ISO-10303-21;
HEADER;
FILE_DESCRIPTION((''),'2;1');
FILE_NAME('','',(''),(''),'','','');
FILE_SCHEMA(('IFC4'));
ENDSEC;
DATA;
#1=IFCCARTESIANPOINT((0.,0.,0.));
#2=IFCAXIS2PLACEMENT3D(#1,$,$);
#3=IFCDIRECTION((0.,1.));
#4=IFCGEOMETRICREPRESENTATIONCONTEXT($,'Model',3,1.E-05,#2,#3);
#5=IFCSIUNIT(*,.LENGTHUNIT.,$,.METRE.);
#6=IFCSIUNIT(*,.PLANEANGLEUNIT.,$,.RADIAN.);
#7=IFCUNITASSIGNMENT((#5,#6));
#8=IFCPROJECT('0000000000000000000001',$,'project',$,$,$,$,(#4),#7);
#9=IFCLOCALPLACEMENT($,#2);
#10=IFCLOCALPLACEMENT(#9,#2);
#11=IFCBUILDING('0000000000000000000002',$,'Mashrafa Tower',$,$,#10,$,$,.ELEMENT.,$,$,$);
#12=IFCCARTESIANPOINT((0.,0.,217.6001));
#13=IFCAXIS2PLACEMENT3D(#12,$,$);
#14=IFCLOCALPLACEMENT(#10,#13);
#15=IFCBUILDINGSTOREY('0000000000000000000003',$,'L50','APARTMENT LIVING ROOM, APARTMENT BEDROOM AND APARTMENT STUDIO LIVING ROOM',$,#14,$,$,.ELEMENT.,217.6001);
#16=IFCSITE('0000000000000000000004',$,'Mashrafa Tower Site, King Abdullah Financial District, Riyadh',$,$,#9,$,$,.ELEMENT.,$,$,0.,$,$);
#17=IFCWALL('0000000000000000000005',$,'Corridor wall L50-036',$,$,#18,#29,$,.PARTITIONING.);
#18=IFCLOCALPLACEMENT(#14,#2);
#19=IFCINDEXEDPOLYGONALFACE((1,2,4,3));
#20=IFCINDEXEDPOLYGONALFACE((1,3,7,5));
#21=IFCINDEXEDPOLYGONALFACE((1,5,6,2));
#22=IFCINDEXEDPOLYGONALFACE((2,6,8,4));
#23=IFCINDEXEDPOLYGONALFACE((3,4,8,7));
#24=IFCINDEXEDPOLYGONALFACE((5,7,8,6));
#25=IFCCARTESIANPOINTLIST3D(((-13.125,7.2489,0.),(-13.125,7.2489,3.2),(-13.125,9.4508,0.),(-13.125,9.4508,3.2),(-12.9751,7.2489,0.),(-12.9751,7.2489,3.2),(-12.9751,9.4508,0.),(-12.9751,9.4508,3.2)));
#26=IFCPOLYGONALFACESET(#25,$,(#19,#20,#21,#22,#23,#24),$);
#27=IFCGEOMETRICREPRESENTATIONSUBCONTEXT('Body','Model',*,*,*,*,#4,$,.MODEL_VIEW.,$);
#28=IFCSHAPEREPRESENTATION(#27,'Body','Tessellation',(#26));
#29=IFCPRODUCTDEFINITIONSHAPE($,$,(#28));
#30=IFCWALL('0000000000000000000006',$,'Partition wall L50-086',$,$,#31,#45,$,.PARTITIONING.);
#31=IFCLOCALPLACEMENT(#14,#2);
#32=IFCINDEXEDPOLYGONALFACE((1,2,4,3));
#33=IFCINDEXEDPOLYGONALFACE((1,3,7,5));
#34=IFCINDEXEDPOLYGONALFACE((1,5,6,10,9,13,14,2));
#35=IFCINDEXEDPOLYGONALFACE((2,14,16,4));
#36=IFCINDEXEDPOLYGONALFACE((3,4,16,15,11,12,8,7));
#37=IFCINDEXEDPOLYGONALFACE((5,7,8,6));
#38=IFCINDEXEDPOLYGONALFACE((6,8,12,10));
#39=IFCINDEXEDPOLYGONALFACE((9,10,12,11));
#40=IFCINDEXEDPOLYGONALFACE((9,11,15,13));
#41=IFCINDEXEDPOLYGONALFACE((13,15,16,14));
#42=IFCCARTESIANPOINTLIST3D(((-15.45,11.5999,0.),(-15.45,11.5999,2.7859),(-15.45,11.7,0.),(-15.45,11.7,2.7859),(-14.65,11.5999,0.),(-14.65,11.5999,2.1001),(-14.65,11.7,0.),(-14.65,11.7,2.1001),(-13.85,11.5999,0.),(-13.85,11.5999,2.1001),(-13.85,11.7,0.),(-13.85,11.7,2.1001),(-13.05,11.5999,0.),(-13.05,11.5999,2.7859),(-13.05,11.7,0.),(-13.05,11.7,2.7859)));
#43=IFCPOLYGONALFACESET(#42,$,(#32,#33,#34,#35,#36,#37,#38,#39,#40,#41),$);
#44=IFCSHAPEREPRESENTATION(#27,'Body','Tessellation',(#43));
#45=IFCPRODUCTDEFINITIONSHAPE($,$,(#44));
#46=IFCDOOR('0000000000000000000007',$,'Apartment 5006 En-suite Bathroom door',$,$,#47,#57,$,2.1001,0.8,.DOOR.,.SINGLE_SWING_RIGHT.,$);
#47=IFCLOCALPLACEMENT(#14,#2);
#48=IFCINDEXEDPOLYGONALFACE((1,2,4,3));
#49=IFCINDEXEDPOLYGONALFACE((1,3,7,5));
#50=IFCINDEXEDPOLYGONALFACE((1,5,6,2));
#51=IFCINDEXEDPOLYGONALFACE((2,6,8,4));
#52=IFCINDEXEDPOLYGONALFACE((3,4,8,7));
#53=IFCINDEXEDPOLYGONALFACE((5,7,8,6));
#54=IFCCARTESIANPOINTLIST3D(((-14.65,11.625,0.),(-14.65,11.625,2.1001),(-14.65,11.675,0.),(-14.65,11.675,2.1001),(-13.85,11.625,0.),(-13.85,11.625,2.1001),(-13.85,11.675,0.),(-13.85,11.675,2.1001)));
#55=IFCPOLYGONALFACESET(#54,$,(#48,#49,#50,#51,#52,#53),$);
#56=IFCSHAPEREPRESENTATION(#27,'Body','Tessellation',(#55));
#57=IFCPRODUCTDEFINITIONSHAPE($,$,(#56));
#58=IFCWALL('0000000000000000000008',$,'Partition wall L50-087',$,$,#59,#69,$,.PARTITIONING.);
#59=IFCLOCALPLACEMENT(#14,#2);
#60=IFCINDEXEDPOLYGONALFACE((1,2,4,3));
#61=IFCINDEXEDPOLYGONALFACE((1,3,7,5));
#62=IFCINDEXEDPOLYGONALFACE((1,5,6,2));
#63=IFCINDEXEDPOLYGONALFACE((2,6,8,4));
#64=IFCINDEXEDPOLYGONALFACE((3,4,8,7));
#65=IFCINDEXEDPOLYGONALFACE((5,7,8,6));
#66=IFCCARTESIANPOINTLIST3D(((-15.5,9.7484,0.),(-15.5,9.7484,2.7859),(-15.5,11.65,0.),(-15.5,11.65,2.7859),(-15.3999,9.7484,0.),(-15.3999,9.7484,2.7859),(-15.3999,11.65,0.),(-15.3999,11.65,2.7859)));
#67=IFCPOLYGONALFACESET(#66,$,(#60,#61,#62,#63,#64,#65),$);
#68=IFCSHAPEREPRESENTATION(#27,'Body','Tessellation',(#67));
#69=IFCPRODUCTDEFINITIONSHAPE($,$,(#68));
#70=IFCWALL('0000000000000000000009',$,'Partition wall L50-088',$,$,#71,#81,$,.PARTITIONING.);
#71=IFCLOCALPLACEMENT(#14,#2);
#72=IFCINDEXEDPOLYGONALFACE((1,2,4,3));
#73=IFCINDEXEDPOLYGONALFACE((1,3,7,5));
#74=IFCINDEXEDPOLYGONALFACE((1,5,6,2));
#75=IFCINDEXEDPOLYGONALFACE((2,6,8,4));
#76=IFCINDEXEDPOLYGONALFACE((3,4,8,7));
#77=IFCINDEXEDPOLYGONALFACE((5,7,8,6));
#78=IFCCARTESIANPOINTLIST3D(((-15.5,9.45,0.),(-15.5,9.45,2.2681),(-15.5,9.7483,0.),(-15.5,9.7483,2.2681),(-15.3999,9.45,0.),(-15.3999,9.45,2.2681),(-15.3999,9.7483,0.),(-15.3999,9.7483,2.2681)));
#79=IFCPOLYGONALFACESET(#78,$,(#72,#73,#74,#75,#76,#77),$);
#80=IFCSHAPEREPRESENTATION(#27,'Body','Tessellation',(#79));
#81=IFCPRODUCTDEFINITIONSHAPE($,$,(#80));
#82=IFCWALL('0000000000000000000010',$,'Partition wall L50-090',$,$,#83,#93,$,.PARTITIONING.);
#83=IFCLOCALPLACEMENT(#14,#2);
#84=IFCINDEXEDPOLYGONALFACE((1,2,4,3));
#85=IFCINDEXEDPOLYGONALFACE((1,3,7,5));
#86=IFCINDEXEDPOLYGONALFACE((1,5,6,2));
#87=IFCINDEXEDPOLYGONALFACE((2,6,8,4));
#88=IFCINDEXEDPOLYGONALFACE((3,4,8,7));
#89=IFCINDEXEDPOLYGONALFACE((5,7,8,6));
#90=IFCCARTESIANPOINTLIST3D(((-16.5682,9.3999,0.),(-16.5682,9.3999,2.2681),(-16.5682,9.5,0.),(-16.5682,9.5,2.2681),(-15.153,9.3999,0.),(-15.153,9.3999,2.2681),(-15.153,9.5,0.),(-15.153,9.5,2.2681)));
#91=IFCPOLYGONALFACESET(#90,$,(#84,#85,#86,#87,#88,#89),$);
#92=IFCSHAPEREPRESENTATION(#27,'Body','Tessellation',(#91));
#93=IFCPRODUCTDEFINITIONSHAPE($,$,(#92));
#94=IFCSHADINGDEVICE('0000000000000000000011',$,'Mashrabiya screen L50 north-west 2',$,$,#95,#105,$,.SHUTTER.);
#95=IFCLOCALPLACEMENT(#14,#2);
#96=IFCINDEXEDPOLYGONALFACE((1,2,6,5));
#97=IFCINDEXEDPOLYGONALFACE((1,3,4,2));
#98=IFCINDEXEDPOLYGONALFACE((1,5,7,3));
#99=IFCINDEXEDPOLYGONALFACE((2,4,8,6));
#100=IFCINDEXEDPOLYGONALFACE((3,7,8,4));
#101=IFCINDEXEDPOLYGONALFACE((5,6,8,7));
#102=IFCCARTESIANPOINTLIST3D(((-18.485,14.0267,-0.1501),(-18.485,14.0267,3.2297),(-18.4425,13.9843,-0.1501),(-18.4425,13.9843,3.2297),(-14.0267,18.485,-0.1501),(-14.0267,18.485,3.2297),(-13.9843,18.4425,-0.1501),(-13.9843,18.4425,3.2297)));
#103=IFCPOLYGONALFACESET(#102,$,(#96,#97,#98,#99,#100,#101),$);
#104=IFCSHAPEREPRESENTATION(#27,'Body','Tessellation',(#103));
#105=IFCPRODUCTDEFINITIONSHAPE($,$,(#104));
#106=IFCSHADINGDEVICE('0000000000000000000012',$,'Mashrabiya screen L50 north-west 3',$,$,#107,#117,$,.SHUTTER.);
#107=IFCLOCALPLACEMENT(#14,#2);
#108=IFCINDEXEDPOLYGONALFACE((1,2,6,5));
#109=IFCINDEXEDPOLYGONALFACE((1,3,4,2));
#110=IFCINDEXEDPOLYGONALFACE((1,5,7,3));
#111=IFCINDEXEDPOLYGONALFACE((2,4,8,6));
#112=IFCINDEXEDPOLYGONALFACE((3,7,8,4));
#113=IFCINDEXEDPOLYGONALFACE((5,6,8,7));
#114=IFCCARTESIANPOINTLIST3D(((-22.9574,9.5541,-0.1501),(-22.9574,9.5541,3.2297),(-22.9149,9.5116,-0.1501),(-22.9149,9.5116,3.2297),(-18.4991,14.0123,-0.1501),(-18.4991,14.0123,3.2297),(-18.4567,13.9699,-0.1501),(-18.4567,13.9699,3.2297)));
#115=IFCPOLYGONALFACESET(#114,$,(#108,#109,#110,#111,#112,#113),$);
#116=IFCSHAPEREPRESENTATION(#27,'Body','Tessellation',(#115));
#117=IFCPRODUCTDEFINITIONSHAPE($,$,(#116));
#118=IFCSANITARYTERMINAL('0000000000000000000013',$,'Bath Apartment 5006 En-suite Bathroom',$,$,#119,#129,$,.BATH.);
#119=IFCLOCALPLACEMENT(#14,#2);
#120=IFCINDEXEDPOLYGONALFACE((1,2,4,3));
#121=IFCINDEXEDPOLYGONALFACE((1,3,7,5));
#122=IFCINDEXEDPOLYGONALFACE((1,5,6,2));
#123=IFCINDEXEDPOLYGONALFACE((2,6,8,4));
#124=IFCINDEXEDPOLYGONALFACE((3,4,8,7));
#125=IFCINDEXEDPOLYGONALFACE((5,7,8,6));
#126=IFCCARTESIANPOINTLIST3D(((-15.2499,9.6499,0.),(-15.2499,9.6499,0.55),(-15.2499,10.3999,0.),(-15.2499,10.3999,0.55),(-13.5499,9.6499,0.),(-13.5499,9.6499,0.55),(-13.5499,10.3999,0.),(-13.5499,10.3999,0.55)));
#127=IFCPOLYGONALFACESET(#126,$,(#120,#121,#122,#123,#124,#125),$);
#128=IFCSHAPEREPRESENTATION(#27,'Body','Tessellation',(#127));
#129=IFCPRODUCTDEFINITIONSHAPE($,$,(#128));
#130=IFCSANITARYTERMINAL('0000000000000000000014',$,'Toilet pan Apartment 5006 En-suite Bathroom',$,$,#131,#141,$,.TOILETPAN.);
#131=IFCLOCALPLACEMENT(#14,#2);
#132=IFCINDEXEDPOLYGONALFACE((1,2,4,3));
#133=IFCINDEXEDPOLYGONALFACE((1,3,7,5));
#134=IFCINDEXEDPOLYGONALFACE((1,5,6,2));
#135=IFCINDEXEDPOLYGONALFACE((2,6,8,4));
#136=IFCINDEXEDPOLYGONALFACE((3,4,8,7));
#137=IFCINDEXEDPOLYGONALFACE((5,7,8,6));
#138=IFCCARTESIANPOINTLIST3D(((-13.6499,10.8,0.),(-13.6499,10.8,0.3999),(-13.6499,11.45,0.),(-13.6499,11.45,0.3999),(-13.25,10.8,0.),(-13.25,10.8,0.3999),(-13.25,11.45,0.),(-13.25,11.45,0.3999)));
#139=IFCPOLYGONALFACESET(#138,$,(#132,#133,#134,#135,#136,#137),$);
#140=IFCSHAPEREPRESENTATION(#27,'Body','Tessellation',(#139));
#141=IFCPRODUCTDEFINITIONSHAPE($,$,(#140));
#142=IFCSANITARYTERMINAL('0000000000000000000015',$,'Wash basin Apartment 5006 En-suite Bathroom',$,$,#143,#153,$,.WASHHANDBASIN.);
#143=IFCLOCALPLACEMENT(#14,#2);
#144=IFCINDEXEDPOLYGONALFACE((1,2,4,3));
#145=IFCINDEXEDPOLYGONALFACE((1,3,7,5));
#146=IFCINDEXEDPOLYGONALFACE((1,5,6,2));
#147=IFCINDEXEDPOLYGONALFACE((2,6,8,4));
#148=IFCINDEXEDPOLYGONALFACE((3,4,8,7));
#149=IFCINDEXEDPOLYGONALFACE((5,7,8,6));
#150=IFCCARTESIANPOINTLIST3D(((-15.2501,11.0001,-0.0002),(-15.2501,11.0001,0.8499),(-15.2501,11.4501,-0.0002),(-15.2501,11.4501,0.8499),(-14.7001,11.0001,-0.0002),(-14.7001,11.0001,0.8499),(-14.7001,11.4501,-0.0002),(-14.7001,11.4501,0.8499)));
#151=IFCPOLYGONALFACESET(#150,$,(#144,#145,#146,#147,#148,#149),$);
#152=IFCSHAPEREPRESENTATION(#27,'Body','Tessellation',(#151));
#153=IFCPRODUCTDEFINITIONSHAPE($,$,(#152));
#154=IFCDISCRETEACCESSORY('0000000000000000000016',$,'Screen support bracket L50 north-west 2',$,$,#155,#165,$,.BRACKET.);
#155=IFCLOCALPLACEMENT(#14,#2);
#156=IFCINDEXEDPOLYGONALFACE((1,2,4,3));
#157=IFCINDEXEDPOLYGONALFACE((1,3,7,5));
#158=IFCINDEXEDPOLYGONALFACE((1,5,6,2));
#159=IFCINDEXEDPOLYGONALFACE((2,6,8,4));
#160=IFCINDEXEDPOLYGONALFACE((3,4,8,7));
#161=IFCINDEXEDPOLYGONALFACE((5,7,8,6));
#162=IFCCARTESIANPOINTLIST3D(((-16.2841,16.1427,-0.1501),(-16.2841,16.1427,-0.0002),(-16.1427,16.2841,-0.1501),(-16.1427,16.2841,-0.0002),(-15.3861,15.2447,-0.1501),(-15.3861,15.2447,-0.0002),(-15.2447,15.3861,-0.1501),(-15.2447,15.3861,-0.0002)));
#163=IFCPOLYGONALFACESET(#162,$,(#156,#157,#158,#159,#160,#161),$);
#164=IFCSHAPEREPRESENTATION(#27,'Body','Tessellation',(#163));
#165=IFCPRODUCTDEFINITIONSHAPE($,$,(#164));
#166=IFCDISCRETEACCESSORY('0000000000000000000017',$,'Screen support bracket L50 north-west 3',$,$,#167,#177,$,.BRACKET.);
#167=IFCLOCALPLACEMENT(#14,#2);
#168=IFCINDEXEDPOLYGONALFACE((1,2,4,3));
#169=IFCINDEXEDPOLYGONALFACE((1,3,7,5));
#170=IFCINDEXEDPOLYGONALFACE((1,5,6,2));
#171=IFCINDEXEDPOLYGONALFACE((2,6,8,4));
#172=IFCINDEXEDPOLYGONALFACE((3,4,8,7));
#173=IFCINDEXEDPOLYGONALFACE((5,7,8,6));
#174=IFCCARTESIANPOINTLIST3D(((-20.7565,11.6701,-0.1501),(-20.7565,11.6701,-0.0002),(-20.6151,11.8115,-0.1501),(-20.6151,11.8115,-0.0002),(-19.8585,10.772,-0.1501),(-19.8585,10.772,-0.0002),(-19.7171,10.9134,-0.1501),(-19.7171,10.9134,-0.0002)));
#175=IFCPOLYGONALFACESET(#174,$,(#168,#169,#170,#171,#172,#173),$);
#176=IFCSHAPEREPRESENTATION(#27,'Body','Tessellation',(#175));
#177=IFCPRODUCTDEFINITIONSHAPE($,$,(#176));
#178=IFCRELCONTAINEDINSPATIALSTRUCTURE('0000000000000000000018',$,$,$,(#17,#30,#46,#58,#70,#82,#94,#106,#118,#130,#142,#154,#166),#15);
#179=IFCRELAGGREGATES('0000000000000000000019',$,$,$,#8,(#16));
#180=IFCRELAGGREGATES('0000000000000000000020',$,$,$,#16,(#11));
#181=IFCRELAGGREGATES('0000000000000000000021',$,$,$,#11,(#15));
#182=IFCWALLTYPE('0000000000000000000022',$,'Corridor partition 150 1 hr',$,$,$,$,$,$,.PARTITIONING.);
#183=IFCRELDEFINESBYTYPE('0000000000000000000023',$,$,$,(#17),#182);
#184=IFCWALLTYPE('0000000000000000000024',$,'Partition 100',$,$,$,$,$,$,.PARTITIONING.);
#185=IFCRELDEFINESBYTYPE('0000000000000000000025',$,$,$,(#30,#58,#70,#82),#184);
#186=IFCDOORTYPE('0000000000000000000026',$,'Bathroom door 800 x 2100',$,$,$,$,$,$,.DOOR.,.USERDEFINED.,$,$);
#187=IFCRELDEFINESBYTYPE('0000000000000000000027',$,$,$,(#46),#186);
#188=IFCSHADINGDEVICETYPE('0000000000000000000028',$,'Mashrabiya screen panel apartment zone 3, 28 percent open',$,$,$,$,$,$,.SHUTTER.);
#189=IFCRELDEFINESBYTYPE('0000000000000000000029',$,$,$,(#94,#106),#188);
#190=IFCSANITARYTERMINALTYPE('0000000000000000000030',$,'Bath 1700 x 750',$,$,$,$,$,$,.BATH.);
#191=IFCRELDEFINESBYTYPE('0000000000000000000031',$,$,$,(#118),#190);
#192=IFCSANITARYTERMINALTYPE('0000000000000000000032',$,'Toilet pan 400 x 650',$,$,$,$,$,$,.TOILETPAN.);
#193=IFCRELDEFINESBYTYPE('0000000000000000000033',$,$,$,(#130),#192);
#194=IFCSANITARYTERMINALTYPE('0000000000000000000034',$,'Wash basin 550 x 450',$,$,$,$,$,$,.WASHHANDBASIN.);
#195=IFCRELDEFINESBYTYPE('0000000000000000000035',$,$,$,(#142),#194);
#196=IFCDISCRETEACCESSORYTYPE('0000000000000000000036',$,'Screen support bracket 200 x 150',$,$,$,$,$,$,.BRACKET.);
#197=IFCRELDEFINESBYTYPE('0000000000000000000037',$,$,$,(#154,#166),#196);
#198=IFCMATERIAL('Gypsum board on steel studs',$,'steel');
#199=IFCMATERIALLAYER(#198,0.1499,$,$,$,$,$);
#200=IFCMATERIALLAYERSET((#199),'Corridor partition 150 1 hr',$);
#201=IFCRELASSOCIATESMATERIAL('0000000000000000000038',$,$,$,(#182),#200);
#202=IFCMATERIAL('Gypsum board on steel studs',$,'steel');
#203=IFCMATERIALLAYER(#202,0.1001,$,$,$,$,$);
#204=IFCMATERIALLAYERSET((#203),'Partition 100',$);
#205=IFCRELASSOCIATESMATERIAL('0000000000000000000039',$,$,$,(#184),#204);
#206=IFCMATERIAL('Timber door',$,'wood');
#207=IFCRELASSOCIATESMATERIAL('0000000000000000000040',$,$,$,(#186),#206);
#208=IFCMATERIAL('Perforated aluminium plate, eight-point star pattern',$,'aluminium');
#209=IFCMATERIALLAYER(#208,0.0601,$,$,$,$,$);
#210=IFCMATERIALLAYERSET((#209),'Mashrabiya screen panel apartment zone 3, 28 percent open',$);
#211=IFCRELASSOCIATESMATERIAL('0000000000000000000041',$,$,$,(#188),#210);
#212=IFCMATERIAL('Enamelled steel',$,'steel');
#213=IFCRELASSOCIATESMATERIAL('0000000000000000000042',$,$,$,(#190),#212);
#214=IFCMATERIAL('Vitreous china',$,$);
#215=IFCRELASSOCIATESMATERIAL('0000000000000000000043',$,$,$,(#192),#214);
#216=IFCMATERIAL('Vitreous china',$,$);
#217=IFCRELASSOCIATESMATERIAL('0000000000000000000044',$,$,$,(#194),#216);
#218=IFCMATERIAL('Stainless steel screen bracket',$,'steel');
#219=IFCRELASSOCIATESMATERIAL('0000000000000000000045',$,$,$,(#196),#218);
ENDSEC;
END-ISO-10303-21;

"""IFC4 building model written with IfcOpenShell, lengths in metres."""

from ifc_helpers import new_model, si_unit, direction, frame, frame_2d, origin, origin_2d, place, context, subcontext, project, spatial, rectangle, extrude, source, transform, mapped, material, layer, layer_set, type_object, type_shapes, element, fill, save


model = new_model("IFC4")

# Units and contexts
model_context = context("Model", 3, precision=1e-05, world=origin(), true_north=direction((0.0, 1.0)))
body_context = subcontext(model_context, "Body", "Model", "MODEL_VIEW")
ifc_project = project(units=[si_unit("LENGTHUNIT", "METRE"), si_unit("PLANEANGLEUNIT", "RADIAN")], contexts=[model_context])

# Site, building, storey
site_placement = place(None, origin())
site = spatial("IfcSite", under=ifc_project, at=site_placement, Name="Mashrafa Tower Site, King Abdullah Financial District, Riyadh", CompositionType="ELEMENT", RefElevation=0.0)
building_placement = place(site_placement, origin())
building = spatial("IfcBuilding", under=site, at=building_placement, Name="Mashrafa Tower", CompositionType="ELEMENT")
storey_placement = place(building_placement, frame((0.0, 0.0, 217.6001)))
storey = spatial("IfcBuildingStorey", under=building, at=storey_placement, Name="L50", Description="APARTMENT LIVING ROOM, APARTMENT BEDROOM AND APARTMENT STUDIO LIVING ROOM", CompositionType="ELEMENT", Elevation=217.6001)

# Wall
ifc_material_1 = material(Name="Gypsum board on steel studs", Category="steel")
ifc_layer_1 = layer(ifc_material_1, 0.1499)
ifc_layer_set_1 = layer_set([ifc_layer_1], Name="Corridor partition 150 1 hr")
wall_type_1 = type_object("IfcWallType", Name="Corridor partition 150 1 hr", PredefinedType="PARTITIONING", material=ifc_layer_set_1)
wall_1_placement = place(storey_placement, frame((-13.05, 9.4509, 0.0), z_axis=(0.0, 0.0, 1.0), x_axis=(0.0, -1.0, 0.0)))
element("IfcWall", 1, at=wall_1_placement, inside=storey, type_object=wall_type_1, Name="Corridor wall L50-036", PredefinedType="PARTITIONING", context=body_context, shape_type="SweptSolid", body=[
    extrude(rectangle(XDim=2.2019, YDim=0.1499, at=frame_2d((1.1011, 0.0))), origin(), (0.0, 0.0, 1.0), 3.2),
])

# Wall, opening, door
ifc_material_2 = material(Name="Gypsum board on steel studs", Category="steel")
ifc_layer_2 = layer(ifc_material_2, 0.1001)
ifc_layer_set_2 = layer_set([ifc_layer_2], Name="Partition 100")
wall_type_2 = type_object("IfcWallType", Name="Partition 100", PredefinedType="PARTITIONING", material=ifc_layer_set_2)
wall_2_placement = place(storey_placement, frame((-13.05, 11.6499, 0.0), z_axis=(0.0, 0.0, 1.0), x_axis=(-1.0, 0.0, 0.0)))
wall_2 = element("IfcWall", 2, at=wall_2_placement, inside=storey, type_object=wall_type_2, Name="Partition wall L50-086", PredefinedType="PARTITIONING", context=body_context, shape_type="SweptSolid", body=[
    extrude(rectangle(XDim=2.3999, YDim=0.1001, at=frame_2d((1.2, 0.0))), origin(), (0.0, 0.0, 1.0), 2.7859),
])
opening_placement = place(wall_2_placement, frame((0.8, 0.0, 0.0)))
opening = element("IfcOpeningElement", 3, at=opening_placement, cuts=wall_2, PredefinedType="OPENING", context=body_context, shape_type="SweptSolid", body=[
    extrude(rectangle(XDim=0.8, YDim=2.1001, at=frame_2d((0.3999, 1.05))), frame((0.0, 0.0601, 0.0), z_axis=(0.0, -1.0, 0.0), x_axis=(1.0, 0.0, 0.0)), (0.0, 0.0, 1.0), 0.1201),
])
ifc_material_3 = material(Name="Timber door", Category="wood")
door_type = type_object("IfcDoorType", Name="Bathroom door 800 x 2100", OperationType="USERDEFINED", PredefinedType="DOOR", material=ifc_material_3)
door_placement = place(opening_placement, origin())
door = element("IfcDoor", 4, at=door_placement, inside=storey, type_object=door_type, Name="Apartment 5006 En-suite Bathroom door", OperationType="SINGLE_SWING_RIGHT", OverallHeight=2.1001, OverallWidth=0.8, PredefinedType="DOOR", context=body_context, shape_type="SweptSolid", body=[
    extrude(rectangle(XDim=0.8, YDim=2.1001, at=frame_2d((0.3999, 1.05))), frame((0.0, 0.0249, 0.0), z_axis=(0.0, -1.0, 0.0), x_axis=(1.0, 0.0, 0.0)), (0.0, 0.0, 1.0), 0.05),
])
fill(opening, door)

# Walls
wall_3_placement = place(storey_placement, frame((-15.45, 11.6499, 0.0), z_axis=(0.0, 0.0, 1.0), x_axis=(0.0, -1.0, 0.0)))
element("IfcWall", 5, at=wall_3_placement, inside=storey, type_object=wall_type_2, Name="Partition wall L50-087", PredefinedType="PARTITIONING", context=body_context, shape_type="SweptSolid", body=[
    extrude(rectangle(XDim=1.9016, YDim=0.1001, at=frame_2d((0.9507, 0.0))), origin(), (0.0, 0.0, 1.0), 2.7859),
])
wall_4_placement = place(storey_placement, frame((-15.45, 9.7483, 0.0), z_axis=(0.0, 0.0, 1.0), x_axis=(0.0, -1.0, 0.0)))
element("IfcWall", 6, at=wall_4_placement, inside=storey, type_object=wall_type_2, Name="Partition wall L50-088", PredefinedType="PARTITIONING", context=body_context, shape_type="SweptSolid", body=[
    extrude(rectangle(XDim=0.2983, YDim=0.1001, at=frame_2d((0.1492, 0.0))), origin(), (0.0, 0.0, 1.0), 2.2681),
])
wall_5_placement = place(storey_placement, frame((-15.1531, 9.45, 0.0), z_axis=(0.0, 0.0, 1.0), x_axis=(-1.0, 0.0, 0.0)))
element("IfcWall", 7, at=wall_5_placement, inside=storey, type_object=wall_type_2, Name="Partition wall L50-090", PredefinedType="PARTITIONING", context=body_context, shape_type="SweptSolid", body=[
    extrude(rectangle(XDim=1.4153, YDim=0.1001, at=frame_2d((0.7075, 0.0))), origin(), (0.0, 0.0, 1.0), 2.2681),
])

# Shading devices
ifc_material_4 = material(Name="Perforated aluminium plate, eight-point star pattern", Category="aluminium")
ifc_layer_3 = layer(ifc_material_4, 0.0601)
ifc_layer_set_3 = layer_set([ifc_layer_3], Name="Mashrabiya screen panel apartment zone 3, 28 percent open")
shading_device_type = type_object("IfcShadingDeviceType", Name="Mashrabiya screen panel apartment zone 3, 28 percent open", PredefinedType="SHUTTER", material=ifc_layer_set_3)
shared_shape_1 = source(origin(), body_context, "Body", "SweptSolid", [
    extrude(rectangle(XDim=6.3049, YDim=0.0601, at=origin_2d()), origin(), (0.0, 0.0, 1.0), 3.3799),
])
type_shapes(shading_device_type, [shared_shape_1])
for number, where, z_axis, x_axis, name in (
    (8, (-16.2346, 16.2346, -0.1501), (0.0, 0.0, 1.0), (-0.707107, -0.707107, 0.0), "Mashrabiya screen L50 north-west 2"),
    (9, (-20.707, 11.762, -0.1501), (0.0, 0.0, 1.0), (-0.707107, -0.707107, 0.0), "Mashrabiya screen L50 north-west 3"),
):
    element("IfcShadingDevice", number, at=place(storey_placement, frame(where, z_axis=z_axis, x_axis=x_axis)), inside=storey, type_object=shading_device_type, Name=name, PredefinedType="SHUTTER", context=body_context, shape_type="MappedRepresentation", body=[
        mapped(shared_shape_1, transform((0.0, 0.0, 0.0))),
    ])

# Sanitary terminals
ifc_material_5 = material(Name="Enamelled steel", Category="steel")
sanitary_terminal_type_1 = type_object("IfcSanitaryTerminalType", Name="Bath 1700 x 750", PredefinedType="BATH", material=ifc_material_5)
sanitary_terminal_1_placement = place(storey_placement, frame((-14.3999, 10.0249, 0.0), z_axis=(0.0, 0.0, 1.0), x_axis=(1.0, 0.0, 0.0)))
element("IfcSanitaryTerminal", 10, at=sanitary_terminal_1_placement, inside=storey, type_object=sanitary_terminal_type_1, Name="Bath Apartment 5006 En-suite Bathroom", PredefinedType="BATH", context=body_context, shape_type="SweptSolid", body=[
    extrude(rectangle(XDim=1.7, YDim=0.75, at=origin_2d()), origin(), (0.0, 0.0, 1.0), 0.55),
])
ifc_material_6 = material(Name="Vitreous china")
sanitary_terminal_type_2 = type_object("IfcSanitaryTerminalType", Name="Toilet pan 400 x 650", PredefinedType="TOILETPAN", material=ifc_material_6)
sanitary_terminal_2_placement = place(storey_placement, frame((-13.45, 11.125, 0.0), z_axis=(0.0, 0.0, 1.0), x_axis=(-1.0, 0.0, 0.0)))
element("IfcSanitaryTerminal", 11, at=sanitary_terminal_2_placement, inside=storey, type_object=sanitary_terminal_type_2, Name="Toilet pan Apartment 5006 En-suite Bathroom", PredefinedType="TOILETPAN", context=body_context, shape_type="SweptSolid", body=[
    extrude(rectangle(XDim=0.3999, YDim=0.6499, at=origin_2d()), origin(), (0.0, 0.0, 1.0), 0.3999),
])
ifc_material_7 = material(Name="Vitreous china")
sanitary_terminal_type_3 = type_object("IfcSanitaryTerminalType", Name="Wash basin 550 x 450", PredefinedType="WASHHANDBASIN", material=ifc_material_7)
sanitary_terminal_3_placement = place(storey_placement, frame((-14.9751, 11.2251, -0.0002), z_axis=(0.0, 0.0, 1.0), x_axis=(-1.0, 0.0, 0.0)))
element("IfcSanitaryTerminal", 12, at=sanitary_terminal_3_placement, inside=storey, type_object=sanitary_terminal_type_3, Name="Wash basin Apartment 5006 En-suite Bathroom", PredefinedType="WASHHANDBASIN", context=body_context, shape_type="SweptSolid", body=[
    extrude(rectangle(XDim=0.55, YDim=0.45, at=origin_2d()), origin(), (0.0, 0.0, 1.0), 0.8501),
])

# Discrete accessories
ifc_material_8 = material(Name="Stainless steel screen bracket", Category="steel")
discrete_accessory_type = type_object("IfcDiscreteAccessoryType", Name="Screen support bracket 200 x 150", PredefinedType="BRACKET", material=ifc_material_8)
shared_shape_2 = source(origin(), body_context, "Body", "SweptSolid", [
    extrude(rectangle(XDim=0.2, YDim=1.27, at=origin_2d()), origin(), (0.0, 0.0, 1.0), 0.1499),
])
type_shapes(discrete_accessory_type, [shared_shape_2])
for number, where, z_axis, x_axis, name in (
    (13, (-15.7644, 15.7644, -0.1501), (0.0, 0.0, 1.0), (-0.707107, -0.707107, 0.0), "Screen support bracket L50 north-west 2"),
    (14, (-20.2368, 11.2917, -0.1501), (0.0, 0.0, 1.0), (-0.707107, -0.707107, 0.0), "Screen support bracket L50 north-west 3"),
):
    element("IfcDiscreteAccessory", number, at=place(storey_placement, frame(where, z_axis=z_axis, x_axis=x_axis)), inside=storey, type_object=discrete_accessory_type, Name=name, PredefinedType="BRACKET", context=body_context, shape_type="MappedRepresentation", body=[
        mapped(shared_shape_2, transform((0.0, 0.0, 0.0))),
    ])

save(model, "model.ifc")
